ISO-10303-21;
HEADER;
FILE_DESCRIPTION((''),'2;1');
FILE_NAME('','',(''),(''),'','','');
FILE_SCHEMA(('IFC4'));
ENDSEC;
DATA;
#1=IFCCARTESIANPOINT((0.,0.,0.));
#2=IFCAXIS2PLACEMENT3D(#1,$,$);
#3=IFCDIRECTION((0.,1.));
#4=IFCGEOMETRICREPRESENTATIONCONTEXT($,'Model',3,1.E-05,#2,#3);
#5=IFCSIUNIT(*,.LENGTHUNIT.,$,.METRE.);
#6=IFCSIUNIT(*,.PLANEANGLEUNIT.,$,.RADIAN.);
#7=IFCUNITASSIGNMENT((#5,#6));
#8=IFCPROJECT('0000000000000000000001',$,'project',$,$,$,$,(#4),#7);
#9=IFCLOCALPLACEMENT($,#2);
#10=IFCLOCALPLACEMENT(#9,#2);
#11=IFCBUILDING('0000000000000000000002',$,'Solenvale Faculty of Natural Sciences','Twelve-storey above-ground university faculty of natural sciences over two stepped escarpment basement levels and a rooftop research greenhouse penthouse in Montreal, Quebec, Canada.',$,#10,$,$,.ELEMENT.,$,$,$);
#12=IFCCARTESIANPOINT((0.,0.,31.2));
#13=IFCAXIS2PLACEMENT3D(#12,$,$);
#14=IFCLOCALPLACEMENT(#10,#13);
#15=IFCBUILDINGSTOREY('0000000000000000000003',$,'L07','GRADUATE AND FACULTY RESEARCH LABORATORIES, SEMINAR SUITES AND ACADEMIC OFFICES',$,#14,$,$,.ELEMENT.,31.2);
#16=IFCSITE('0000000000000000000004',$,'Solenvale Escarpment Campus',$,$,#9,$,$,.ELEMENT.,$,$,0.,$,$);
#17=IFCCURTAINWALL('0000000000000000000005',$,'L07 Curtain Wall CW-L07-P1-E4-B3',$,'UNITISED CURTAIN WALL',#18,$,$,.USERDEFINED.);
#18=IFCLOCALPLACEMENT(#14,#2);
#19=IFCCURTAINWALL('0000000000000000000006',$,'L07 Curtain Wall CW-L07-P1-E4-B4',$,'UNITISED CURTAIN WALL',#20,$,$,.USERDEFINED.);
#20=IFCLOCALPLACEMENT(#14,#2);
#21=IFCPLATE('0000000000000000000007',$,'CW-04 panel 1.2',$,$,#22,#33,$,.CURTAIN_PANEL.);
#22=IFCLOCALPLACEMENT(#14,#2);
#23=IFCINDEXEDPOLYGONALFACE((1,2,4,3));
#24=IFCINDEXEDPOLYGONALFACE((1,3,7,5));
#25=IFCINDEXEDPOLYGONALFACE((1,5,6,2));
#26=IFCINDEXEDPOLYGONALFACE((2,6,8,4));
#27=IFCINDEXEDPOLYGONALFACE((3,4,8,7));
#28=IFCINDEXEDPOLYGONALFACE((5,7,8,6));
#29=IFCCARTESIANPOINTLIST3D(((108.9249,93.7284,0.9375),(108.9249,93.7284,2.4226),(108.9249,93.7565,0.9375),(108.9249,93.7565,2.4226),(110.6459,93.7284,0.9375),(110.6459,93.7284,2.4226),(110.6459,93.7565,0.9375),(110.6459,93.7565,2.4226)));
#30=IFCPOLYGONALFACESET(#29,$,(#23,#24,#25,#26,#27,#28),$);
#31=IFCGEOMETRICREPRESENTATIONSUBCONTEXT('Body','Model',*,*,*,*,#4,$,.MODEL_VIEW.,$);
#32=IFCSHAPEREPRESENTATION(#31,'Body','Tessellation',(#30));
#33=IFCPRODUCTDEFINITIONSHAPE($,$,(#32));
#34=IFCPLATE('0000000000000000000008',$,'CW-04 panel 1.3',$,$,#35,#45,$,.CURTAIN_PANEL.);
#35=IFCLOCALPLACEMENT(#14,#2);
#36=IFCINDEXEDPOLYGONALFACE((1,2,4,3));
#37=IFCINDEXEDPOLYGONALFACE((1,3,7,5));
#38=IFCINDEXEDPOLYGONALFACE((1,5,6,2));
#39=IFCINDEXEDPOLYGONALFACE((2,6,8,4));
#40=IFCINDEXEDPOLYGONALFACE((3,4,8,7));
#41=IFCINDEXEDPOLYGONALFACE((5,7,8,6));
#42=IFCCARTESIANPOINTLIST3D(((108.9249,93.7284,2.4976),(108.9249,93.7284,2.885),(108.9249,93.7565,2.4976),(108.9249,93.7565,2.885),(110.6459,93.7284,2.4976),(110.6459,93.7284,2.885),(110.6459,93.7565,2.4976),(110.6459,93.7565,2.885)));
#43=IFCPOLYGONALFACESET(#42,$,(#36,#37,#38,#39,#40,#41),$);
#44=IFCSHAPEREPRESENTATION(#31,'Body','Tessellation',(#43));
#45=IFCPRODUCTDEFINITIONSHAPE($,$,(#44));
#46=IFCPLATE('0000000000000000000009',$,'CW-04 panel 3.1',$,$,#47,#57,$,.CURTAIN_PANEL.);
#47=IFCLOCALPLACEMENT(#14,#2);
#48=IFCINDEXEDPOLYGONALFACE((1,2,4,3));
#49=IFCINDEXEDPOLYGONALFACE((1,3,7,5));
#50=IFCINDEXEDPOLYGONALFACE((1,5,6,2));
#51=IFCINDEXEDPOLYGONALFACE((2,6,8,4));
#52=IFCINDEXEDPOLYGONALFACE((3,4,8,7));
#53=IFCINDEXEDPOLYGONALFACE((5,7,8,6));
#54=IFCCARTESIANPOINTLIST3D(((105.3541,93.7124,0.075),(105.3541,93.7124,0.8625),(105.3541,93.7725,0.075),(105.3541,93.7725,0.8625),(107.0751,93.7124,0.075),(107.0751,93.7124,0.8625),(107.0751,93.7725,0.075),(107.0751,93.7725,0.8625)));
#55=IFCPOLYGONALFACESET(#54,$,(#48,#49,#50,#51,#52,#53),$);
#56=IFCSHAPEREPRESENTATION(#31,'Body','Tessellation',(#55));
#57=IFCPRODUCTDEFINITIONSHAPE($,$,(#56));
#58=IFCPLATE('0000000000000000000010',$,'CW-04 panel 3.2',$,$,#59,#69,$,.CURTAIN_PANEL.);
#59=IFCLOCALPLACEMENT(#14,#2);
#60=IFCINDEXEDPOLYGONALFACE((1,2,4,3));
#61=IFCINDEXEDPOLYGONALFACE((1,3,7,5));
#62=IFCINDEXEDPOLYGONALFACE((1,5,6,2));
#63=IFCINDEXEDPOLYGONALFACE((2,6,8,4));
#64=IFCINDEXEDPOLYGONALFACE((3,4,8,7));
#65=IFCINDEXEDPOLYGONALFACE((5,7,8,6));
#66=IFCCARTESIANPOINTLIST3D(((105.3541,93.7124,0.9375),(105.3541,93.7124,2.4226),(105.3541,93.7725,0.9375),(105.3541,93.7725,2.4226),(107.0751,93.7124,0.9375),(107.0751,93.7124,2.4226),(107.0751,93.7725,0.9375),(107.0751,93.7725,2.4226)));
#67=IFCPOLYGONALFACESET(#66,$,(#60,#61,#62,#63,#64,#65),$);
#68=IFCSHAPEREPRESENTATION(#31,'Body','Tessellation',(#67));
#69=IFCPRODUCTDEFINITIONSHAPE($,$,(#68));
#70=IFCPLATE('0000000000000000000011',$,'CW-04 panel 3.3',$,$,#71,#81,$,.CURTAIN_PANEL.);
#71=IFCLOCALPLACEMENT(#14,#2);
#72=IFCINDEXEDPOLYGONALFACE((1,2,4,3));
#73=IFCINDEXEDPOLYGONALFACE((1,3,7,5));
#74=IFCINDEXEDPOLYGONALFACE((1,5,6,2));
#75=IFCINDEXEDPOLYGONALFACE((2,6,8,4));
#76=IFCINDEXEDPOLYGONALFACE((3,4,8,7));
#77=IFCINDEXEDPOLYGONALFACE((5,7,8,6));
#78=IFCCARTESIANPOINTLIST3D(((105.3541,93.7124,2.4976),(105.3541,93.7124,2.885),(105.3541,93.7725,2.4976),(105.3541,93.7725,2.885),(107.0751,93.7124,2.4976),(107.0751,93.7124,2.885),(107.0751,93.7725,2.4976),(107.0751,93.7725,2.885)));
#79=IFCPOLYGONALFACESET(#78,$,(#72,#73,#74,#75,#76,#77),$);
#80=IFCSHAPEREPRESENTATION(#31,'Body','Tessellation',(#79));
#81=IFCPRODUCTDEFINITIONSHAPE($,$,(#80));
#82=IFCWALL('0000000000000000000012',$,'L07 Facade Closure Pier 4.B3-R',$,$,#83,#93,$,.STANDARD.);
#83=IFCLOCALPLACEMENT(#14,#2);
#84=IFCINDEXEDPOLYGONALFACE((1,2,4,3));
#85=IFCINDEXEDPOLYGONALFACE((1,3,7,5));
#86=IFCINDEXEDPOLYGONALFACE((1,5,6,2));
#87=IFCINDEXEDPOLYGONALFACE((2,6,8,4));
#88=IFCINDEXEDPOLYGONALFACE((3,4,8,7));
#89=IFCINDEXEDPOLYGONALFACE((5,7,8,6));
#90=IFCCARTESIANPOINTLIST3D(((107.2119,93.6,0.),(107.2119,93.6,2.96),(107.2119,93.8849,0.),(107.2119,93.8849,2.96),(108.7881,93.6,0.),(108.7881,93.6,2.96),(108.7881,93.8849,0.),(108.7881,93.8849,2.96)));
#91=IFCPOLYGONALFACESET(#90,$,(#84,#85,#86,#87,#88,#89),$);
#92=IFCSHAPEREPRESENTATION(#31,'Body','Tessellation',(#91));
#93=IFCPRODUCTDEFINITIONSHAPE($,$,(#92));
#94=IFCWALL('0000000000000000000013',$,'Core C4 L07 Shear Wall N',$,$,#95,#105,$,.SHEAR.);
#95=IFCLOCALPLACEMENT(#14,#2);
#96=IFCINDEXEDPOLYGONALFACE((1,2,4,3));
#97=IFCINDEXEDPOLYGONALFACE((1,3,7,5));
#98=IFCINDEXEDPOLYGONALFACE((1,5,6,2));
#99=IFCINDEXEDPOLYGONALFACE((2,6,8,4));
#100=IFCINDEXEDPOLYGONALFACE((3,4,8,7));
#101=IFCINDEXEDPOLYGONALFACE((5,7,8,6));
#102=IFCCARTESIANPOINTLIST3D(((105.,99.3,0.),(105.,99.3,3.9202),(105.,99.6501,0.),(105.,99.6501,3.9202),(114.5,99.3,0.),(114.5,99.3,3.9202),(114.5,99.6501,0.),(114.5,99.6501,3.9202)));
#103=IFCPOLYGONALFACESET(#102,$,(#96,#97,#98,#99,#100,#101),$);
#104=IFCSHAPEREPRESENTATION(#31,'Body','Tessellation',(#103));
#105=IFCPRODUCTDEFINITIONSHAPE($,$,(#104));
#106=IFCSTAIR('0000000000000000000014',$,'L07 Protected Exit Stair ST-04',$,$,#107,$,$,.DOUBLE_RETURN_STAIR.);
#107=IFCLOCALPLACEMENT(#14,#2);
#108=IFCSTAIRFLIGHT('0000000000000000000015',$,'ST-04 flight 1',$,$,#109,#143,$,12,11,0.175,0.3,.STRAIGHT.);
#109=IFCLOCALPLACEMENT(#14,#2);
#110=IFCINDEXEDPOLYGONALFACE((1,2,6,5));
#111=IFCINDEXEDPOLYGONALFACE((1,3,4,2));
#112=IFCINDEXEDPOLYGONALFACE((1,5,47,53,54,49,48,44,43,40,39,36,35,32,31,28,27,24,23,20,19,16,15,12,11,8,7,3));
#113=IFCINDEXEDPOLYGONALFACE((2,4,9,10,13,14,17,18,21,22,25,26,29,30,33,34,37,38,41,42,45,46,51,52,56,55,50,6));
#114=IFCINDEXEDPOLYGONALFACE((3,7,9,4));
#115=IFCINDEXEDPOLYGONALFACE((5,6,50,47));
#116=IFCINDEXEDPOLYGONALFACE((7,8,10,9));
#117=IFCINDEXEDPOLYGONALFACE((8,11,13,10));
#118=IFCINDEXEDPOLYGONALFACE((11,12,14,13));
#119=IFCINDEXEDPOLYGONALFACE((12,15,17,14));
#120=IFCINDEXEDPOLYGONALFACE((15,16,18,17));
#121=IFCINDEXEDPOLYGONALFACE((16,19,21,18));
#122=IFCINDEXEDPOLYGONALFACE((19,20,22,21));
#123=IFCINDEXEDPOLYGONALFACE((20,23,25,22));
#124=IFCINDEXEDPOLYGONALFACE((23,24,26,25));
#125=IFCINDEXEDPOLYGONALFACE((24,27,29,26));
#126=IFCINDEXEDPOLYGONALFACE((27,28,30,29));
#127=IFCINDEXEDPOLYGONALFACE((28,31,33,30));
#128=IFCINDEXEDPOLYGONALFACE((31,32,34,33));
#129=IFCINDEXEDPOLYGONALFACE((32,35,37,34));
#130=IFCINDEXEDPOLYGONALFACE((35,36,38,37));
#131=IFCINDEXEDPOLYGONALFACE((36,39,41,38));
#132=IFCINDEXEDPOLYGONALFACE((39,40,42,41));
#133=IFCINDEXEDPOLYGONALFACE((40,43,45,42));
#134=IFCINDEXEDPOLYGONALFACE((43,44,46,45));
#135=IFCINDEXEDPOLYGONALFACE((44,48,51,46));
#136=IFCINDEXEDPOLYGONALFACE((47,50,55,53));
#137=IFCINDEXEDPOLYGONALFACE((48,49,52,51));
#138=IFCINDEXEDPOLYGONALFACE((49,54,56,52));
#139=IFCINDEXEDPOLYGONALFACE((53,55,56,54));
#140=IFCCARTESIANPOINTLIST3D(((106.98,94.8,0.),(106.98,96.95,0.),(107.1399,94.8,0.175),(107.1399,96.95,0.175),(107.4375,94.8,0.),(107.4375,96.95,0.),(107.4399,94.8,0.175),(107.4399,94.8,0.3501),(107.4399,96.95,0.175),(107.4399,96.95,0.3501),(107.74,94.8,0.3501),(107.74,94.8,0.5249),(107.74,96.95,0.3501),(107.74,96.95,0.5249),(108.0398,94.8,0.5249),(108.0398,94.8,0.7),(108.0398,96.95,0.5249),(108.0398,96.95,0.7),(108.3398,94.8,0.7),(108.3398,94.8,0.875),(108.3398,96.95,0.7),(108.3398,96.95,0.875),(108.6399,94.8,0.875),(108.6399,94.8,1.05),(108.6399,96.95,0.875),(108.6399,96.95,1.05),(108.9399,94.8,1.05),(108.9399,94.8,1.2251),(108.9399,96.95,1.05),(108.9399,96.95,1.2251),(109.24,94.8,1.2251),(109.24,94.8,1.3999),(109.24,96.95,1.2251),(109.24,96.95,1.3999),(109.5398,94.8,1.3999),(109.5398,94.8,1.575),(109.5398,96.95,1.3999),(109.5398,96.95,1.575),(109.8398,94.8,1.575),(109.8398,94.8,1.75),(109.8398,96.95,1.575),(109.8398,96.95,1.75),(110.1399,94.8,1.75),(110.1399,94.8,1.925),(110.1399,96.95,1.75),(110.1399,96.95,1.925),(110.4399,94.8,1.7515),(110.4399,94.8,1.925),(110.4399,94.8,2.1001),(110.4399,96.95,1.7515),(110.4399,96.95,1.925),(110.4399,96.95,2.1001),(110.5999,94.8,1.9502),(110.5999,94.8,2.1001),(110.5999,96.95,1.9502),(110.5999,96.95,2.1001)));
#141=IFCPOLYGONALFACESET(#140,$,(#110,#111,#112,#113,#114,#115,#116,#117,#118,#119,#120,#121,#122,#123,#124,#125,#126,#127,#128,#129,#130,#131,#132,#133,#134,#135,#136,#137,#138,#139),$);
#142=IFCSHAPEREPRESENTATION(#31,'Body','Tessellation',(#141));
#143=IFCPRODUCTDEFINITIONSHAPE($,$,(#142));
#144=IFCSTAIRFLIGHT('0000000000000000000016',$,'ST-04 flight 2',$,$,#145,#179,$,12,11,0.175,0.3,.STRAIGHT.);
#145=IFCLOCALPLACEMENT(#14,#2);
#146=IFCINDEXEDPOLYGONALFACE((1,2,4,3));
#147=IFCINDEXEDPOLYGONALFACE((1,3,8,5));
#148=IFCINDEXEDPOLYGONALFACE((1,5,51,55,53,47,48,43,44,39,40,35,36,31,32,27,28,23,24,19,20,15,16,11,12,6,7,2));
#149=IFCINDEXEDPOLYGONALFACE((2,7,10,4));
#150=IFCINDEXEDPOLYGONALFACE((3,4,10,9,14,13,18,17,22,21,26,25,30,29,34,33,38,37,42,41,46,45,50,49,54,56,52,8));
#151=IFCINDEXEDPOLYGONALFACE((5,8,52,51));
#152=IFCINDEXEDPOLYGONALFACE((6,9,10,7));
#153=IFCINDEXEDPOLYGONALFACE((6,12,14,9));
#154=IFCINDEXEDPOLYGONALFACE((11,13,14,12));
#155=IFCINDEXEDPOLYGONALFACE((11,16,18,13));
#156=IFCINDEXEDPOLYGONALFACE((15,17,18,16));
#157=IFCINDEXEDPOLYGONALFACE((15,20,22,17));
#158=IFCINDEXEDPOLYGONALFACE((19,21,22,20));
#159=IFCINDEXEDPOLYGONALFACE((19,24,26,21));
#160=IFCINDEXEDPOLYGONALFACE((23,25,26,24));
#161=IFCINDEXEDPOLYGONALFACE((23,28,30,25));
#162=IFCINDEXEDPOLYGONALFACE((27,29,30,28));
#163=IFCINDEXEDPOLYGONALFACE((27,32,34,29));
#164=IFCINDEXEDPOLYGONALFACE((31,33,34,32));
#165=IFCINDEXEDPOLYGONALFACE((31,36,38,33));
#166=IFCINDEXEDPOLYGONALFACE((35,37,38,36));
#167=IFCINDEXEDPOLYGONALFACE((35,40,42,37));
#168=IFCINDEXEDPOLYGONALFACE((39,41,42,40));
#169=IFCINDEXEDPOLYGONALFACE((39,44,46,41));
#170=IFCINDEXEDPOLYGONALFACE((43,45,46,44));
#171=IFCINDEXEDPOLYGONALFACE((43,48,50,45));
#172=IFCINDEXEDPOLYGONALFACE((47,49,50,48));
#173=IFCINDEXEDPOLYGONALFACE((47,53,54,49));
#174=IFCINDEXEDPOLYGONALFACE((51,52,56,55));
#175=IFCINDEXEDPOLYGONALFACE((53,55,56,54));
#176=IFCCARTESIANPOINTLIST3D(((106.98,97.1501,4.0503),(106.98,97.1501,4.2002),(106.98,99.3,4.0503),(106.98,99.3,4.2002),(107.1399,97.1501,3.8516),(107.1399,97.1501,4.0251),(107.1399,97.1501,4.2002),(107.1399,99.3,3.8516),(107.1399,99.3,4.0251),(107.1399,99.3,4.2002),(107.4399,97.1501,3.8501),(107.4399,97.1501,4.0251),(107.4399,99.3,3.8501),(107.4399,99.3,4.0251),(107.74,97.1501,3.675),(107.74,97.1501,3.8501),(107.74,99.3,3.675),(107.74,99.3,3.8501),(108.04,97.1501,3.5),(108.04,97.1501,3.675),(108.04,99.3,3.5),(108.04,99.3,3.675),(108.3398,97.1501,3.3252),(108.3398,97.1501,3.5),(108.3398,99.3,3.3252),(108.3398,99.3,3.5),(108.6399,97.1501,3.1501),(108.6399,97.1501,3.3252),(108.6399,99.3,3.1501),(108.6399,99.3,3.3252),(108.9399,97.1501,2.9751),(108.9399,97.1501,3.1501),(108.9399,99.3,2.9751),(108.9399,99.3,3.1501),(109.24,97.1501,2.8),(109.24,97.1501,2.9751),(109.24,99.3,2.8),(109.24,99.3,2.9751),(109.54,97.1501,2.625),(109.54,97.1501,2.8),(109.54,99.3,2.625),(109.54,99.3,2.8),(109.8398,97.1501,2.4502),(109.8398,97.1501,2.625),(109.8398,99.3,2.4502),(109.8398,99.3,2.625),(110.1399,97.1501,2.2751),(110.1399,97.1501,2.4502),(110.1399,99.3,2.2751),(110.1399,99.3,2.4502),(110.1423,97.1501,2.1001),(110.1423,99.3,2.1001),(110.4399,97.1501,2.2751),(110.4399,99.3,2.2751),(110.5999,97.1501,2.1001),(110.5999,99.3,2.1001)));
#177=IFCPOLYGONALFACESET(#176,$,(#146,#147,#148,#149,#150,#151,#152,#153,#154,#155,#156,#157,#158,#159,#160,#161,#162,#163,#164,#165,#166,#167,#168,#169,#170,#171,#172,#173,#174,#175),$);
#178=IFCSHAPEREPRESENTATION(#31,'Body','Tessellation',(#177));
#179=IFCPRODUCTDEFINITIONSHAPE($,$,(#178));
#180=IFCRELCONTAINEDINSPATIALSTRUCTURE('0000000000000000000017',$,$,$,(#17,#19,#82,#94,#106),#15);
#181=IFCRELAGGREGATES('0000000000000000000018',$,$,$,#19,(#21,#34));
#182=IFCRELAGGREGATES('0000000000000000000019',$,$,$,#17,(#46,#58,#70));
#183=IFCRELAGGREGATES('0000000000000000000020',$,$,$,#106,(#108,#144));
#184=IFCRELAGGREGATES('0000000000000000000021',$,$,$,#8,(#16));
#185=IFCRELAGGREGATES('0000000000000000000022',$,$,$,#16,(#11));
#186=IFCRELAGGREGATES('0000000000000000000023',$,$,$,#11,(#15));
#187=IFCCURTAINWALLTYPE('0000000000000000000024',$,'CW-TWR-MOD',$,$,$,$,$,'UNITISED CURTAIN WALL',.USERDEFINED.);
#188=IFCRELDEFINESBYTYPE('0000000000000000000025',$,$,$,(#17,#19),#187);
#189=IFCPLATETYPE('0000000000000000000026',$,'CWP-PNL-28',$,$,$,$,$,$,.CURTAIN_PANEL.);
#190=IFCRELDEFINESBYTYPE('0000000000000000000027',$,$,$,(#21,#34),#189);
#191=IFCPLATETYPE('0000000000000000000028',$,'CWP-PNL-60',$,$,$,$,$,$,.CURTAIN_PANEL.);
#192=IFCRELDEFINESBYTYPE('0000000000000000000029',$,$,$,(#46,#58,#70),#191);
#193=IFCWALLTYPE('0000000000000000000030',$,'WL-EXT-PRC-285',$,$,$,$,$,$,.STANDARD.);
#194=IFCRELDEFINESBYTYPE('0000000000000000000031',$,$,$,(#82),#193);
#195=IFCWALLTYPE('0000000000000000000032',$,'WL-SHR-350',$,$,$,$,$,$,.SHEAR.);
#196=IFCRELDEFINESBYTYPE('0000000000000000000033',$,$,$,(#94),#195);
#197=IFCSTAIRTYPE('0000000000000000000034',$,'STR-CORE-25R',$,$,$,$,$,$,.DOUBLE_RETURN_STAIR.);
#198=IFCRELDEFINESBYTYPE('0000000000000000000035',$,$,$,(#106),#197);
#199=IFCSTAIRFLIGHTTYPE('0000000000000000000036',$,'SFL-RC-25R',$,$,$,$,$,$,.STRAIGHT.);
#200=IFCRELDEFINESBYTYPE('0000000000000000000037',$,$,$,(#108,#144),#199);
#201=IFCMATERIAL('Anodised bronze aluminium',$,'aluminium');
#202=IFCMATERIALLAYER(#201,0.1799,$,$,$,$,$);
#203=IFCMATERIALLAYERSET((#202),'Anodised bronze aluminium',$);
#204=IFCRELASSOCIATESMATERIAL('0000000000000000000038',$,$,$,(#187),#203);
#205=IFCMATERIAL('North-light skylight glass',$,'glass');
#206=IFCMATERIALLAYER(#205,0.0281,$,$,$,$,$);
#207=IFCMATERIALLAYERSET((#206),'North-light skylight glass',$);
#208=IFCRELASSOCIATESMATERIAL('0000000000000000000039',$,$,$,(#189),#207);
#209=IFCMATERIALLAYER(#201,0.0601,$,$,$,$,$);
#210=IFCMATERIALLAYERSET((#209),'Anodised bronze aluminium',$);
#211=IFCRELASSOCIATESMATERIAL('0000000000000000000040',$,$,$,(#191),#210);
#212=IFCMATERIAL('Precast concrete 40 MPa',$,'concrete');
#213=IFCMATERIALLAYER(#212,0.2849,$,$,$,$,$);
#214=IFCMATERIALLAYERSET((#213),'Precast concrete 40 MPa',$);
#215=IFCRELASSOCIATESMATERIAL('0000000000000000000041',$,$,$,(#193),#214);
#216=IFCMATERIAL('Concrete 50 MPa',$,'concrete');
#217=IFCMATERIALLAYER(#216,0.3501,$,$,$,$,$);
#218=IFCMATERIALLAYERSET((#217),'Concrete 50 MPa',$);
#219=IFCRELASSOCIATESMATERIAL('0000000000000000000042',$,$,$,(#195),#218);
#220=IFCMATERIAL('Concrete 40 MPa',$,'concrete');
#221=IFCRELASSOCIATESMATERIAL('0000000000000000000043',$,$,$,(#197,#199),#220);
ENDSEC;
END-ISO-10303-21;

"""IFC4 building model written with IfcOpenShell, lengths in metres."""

from ifc_helpers import new_model, si_unit, direction, frame, frame_2d, origin, origin_2d, place, context, subcontext, project, spatial, polyline, rectangle, outline, extrude, material, layer, layer_set, type_object, element, aggregate, save


model = new_model("IFC4")

# Units and contexts
model_context = context("Model", 3, precision=1e-05, world=origin(), true_north=direction((0.0, 1.0)))
body_context = subcontext(model_context, "Body", "Model", "MODEL_VIEW")
ifc_project = project(units=[si_unit("LENGTHUNIT", "METRE"), si_unit("PLANEANGLEUNIT", "RADIAN")], contexts=[model_context])

# Site, building, storey
site_placement = place(None, origin())
site = spatial("IfcSite", under=ifc_project, at=site_placement, Name="Solenvale Escarpment Campus", CompositionType="ELEMENT", RefElevation=0.0)
building_placement = place(site_placement, origin())
building = spatial("IfcBuilding", under=site, at=building_placement, Name="Solenvale Faculty of Natural Sciences", Description="Twelve-storey above-ground university faculty of natural sciences over two stepped escarpment basement levels and a rooftop research greenhouse penthouse in Montreal, Quebec, Canada.", CompositionType="ELEMENT")
storey_placement = place(building_placement, frame((0.0, 0.0, 31.2)))
storey = spatial("IfcBuildingStorey", under=building, at=storey_placement, Name="L07", Description="GRADUATE AND FACULTY RESEARCH LABORATORIES, SEMINAR SUITES AND ACADEMIC OFFICES", CompositionType="ELEMENT", Elevation=31.2)

# Shared definitions
ifc_material_1 = material(Name="Concrete 40 MPa", Category="concrete")

# Curtain wall
ifc_material_2 = material(Name="Anodised bronze aluminium", Category="aluminium")
ifc_layer_1 = layer(ifc_material_2, 0.1799)
ifc_layer_set_1 = layer_set([ifc_layer_1], Name="Anodised bronze aluminium")
curtain_wall_type = type_object("IfcCurtainWallType", Name="CW-TWR-MOD", ElementType="UNITISED CURTAIN WALL", PredefinedType="USERDEFINED", material=ifc_layer_set_1)
curtain_wall_1_placement = place(storey_placement, origin())
curtain_wall_1 = element("IfcCurtainWall", 1, at=curtain_wall_1_placement, inside=storey, type_object=curtain_wall_type, Name="L07 Curtain Wall CW-L07-P1-E4-B3", ObjectType="UNITISED CURTAIN WALL", PredefinedType="USERDEFINED")

# Curtain wall
curtain_wall_2_placement = place(storey_placement, origin())
curtain_wall_2 = element("IfcCurtainWall", 2, at=curtain_wall_2_placement, inside=storey, type_object=curtain_wall_type, Name="L07 Curtain Wall CW-L07-P1-E4-B4", ObjectType="UNITISED CURTAIN WALL", PredefinedType="USERDEFINED")

# Plates
ifc_material_3 = material(Name="North-light skylight glass", Category="glass")
ifc_layer_2 = layer(ifc_material_3, 0.0281)
ifc_layer_set_2 = layer_set([ifc_layer_2], Name="North-light skylight glass")
plate_type_1 = type_object("IfcPlateType", Name="CWP-PNL-28", PredefinedType="CURTAIN_PANEL", material=ifc_layer_set_2)
plate_1_placement = place(storey_placement, frame((109.7854, 93.7424, 0.9375), z_axis=(0.0, 0.0, 1.0), x_axis=(1.0, 0.0, 0.0)))
plate_1 = element("IfcPlate", 3, at=plate_1_placement, type_object=plate_type_1, Name="CW-04 panel 1.2", PredefinedType="CURTAIN_PANEL", context=body_context, shape_type="SweptSolid", body=[
    extrude(rectangle(XDim=1.7209, YDim=0.0281, at=origin_2d()), origin(), (0.0, 0.0, 1.0), 1.4851),
])
plate_2_placement = place(storey_placement, frame((109.7854, 93.7424, 2.4976), z_axis=(0.0, 0.0, 1.0), x_axis=(1.0, 0.0, 0.0)))
plate_2 = element("IfcPlate", 4, at=plate_2_placement, type_object=plate_type_1, Name="CW-04 panel 1.3", PredefinedType="CURTAIN_PANEL", context=body_context, shape_type="SweptSolid", body=[
    extrude(rectangle(XDim=1.7209, YDim=0.0281, at=origin_2d()), origin(), (0.0, 0.0, 1.0), 0.3875),
])
aggregate(curtain_wall_2, [plate_1, plate_2])
ifc_layer_3 = layer(ifc_material_2, 0.0601)
ifc_layer_set_3 = layer_set([ifc_layer_3], Name="Anodised bronze aluminium")
plate_type_2 = type_object("IfcPlateType", Name="CWP-PNL-60", PredefinedType="CURTAIN_PANEL", material=ifc_layer_set_3)
plate_3_placement = place(storey_placement, frame((106.2146, 93.7424, 0.075), z_axis=(0.0, 0.0, 1.0), x_axis=(1.0, 0.0, 0.0)))
plate_3 = element("IfcPlate", 5, at=plate_3_placement, type_object=plate_type_2, Name="CW-04 panel 3.1", PredefinedType="CURTAIN_PANEL", context=body_context, shape_type="SweptSolid", body=[
    extrude(rectangle(XDim=1.7209, YDim=0.0601, at=origin_2d()), origin(), (0.0, 0.0, 1.0), 0.7876),
])
plate_4_placement = place(storey_placement, frame((106.2146, 93.7424, 0.9375), z_axis=(0.0, 0.0, 1.0), x_axis=(1.0, 0.0, 0.0)))
plate_4 = element("IfcPlate", 6, at=plate_4_placement, type_object=plate_type_2, Name="CW-04 panel 3.2", PredefinedType="CURTAIN_PANEL", context=body_context, shape_type="SweptSolid", body=[
    extrude(rectangle(XDim=1.7209, YDim=0.0601, at=origin_2d()), origin(), (0.0, 0.0, 1.0), 1.4851),
])
plate_5_placement = place(storey_placement, frame((106.2146, 93.7424, 2.4976), z_axis=(0.0, 0.0, 1.0), x_axis=(1.0, 0.0, 0.0)))
plate_5 = element("IfcPlate", 7, at=plate_5_placement, type_object=plate_type_2, Name="CW-04 panel 3.3", PredefinedType="CURTAIN_PANEL", context=body_context, shape_type="SweptSolid", body=[
    extrude(rectangle(XDim=1.7209, YDim=0.0601, at=origin_2d()), origin(), (0.0, 0.0, 1.0), 0.3875),
])
aggregate(curtain_wall_1, [plate_3, plate_4, plate_5])

# Walls
ifc_material_4 = material(Name="Precast concrete 40 MPa", Category="concrete")
ifc_layer_4 = layer(ifc_material_4, 0.2849)
ifc_layer_set_4 = layer_set([ifc_layer_4], Name="Precast concrete 40 MPa")
wall_type_1 = type_object("IfcWallType", Name="WL-EXT-PRC-285", PredefinedType="STANDARD", material=ifc_layer_set_4)
wall_1_placement = place(storey_placement, frame((107.2119, 93.7424, 0.0), z_axis=(0.0, 0.0, 1.0), x_axis=(1.0, 0.0, 0.0)))
element("IfcWall", 8, at=wall_1_placement, inside=storey, type_object=wall_type_1, Name="L07 Facade Closure Pier 4.B3-R", PredefinedType="STANDARD", context=body_context, shape_type="SweptSolid", body=[
    extrude(rectangle(XDim=1.5762, YDim=0.2849, at=frame_2d((0.7881, 0.0))), origin(), (0.0, 0.0, 1.0), 2.96),
])
ifc_material_5 = material(Name="Concrete 50 MPa", Category="concrete")
ifc_layer_5 = layer(ifc_material_5, 0.3501)
ifc_layer_set_5 = layer_set([ifc_layer_5], Name="Concrete 50 MPa")
wall_type_2 = type_object("IfcWallType", Name="WL-SHR-350", PredefinedType="SHEAR", material=ifc_layer_set_5)
wall_2_placement = place(storey_placement, frame((105.0, 99.4751, 0.0), z_axis=(0.0, 0.0, 1.0), x_axis=(1.0, 0.0, 0.0)))
element("IfcWall", 9, at=wall_2_placement, inside=storey, type_object=wall_type_2, Name="Core C4 L07 Shear Wall N", PredefinedType="SHEAR", context=body_context, shape_type="SweptSolid", body=[
    extrude(rectangle(XDim=9.5, YDim=0.3501, at=frame_2d((4.75, 0.0))), origin(), (0.0, 0.0, 1.0), 3.9202),
])

# Stair, stair flights
stair_type = type_object("IfcStairType", Name="STR-CORE-25R", PredefinedType="DOUBLE_RETURN_STAIR", material=ifc_material_1)
stair_placement = place(storey_placement, origin())
stair = element("IfcStair", 10, at=stair_placement, inside=storey, type_object=stair_type, Name="L07 Protected Exit Stair ST-04", PredefinedType="DOUBLE_RETURN_STAIR")
stair_flight_type = type_object("IfcStairFlightType", Name="SFL-RC-25R", PredefinedType="STRAIGHT", material=ifc_material_1)
stair_flight_1_placement = place(storey_placement, frame((107.1399, 95.875, 0.0), z_axis=(0.0, 0.0, 1.0), x_axis=(1.0, 0.0, 0.0)))
stair_flight_1 = element("IfcStairFlight", 11, at=stair_flight_1_placement, type_object=stair_flight_type, Name="ST-04 flight 1", NumberOfRisers=12, NumberOfTreads=11, PredefinedType="STRAIGHT", RiserHeight=0.175, TreadLength=0.3, context=body_context, shape_type="SweptSolid", body=[
    extrude(outline(polyline([(-0.1599, 0.0), (0.0, 0.175), (0.3, 0.175), (0.3, 0.3501), (0.6001, 0.3501), (0.6001, 0.5249), (0.8999, 0.5249), (0.8999, 0.7), (1.2, 0.7), (1.2, 0.875), (1.5, 0.875), (1.5, 1.05), (1.8, 1.05), (1.8, 1.2251), (2.1001, 1.2251), (2.1001, 1.3999), (2.3999, 1.3999), (2.3999, 1.575), (2.7, 1.575), (2.7, 1.75), (3.0, 1.75), (3.0, 1.925), (3.3, 1.925), (3.3, 2.1001), (3.46, 2.1001), (3.46, 1.9502), (3.3, 1.7515), (0.2976, 0.0), (-0.1599, 0.0)])), frame((0.0, 1.075, 0.0), z_axis=(0.0, -1.0, 0.0), x_axis=(1.0, 0.0, 0.0)), (0.0, 0.0, 1.0), 2.1499),
])
stair_flight_2_placement = place(storey_placement, frame((110.4399, 98.2251, 2.1001), z_axis=(0.0, 0.0, 1.0), x_axis=(-1.0, 0.0, 0.0)))
stair_flight_2 = element("IfcStairFlight", 12, at=stair_flight_2_placement, type_object=stair_flight_type, Name="ST-04 flight 2", NumberOfRisers=12, NumberOfTreads=11, PredefinedType="STRAIGHT", RiserHeight=0.175, TreadLength=0.3, context=body_context, shape_type="SweptSolid", body=[
    extrude(outline(polyline([(-0.1599, 0.0), (0.0, 0.175), (0.3, 0.175), (0.3, 0.3501), (0.6001, 0.3501), (0.6001, 0.5249), (0.8999, 0.5249), (0.8999, 0.7), (1.2, 0.7), (1.2, 0.875), (1.5, 0.875), (1.5, 1.05), (1.8, 1.05), (1.8, 1.2251), (2.1001, 1.2251), (2.1001, 1.3999), (2.3999, 1.3999), (2.3999, 1.575), (2.7, 1.575), (2.7, 1.75), (3.0, 1.75), (3.0, 1.925), (3.3, 1.925), (3.3, 2.1001), (3.46, 2.1001), (3.46, 1.9502), (3.3, 1.7515), (0.2976, 0.0), (-0.1599, 0.0)])), frame((0.0, 1.075, 0.0), z_axis=(0.0, -1.0, 0.0), x_axis=(1.0, 0.0, 0.0)), (0.0, 0.0, 1.0), 2.1499),
])
aggregate(stair, [stair_flight_1, stair_flight_2])

save(model, "model.ifc")
